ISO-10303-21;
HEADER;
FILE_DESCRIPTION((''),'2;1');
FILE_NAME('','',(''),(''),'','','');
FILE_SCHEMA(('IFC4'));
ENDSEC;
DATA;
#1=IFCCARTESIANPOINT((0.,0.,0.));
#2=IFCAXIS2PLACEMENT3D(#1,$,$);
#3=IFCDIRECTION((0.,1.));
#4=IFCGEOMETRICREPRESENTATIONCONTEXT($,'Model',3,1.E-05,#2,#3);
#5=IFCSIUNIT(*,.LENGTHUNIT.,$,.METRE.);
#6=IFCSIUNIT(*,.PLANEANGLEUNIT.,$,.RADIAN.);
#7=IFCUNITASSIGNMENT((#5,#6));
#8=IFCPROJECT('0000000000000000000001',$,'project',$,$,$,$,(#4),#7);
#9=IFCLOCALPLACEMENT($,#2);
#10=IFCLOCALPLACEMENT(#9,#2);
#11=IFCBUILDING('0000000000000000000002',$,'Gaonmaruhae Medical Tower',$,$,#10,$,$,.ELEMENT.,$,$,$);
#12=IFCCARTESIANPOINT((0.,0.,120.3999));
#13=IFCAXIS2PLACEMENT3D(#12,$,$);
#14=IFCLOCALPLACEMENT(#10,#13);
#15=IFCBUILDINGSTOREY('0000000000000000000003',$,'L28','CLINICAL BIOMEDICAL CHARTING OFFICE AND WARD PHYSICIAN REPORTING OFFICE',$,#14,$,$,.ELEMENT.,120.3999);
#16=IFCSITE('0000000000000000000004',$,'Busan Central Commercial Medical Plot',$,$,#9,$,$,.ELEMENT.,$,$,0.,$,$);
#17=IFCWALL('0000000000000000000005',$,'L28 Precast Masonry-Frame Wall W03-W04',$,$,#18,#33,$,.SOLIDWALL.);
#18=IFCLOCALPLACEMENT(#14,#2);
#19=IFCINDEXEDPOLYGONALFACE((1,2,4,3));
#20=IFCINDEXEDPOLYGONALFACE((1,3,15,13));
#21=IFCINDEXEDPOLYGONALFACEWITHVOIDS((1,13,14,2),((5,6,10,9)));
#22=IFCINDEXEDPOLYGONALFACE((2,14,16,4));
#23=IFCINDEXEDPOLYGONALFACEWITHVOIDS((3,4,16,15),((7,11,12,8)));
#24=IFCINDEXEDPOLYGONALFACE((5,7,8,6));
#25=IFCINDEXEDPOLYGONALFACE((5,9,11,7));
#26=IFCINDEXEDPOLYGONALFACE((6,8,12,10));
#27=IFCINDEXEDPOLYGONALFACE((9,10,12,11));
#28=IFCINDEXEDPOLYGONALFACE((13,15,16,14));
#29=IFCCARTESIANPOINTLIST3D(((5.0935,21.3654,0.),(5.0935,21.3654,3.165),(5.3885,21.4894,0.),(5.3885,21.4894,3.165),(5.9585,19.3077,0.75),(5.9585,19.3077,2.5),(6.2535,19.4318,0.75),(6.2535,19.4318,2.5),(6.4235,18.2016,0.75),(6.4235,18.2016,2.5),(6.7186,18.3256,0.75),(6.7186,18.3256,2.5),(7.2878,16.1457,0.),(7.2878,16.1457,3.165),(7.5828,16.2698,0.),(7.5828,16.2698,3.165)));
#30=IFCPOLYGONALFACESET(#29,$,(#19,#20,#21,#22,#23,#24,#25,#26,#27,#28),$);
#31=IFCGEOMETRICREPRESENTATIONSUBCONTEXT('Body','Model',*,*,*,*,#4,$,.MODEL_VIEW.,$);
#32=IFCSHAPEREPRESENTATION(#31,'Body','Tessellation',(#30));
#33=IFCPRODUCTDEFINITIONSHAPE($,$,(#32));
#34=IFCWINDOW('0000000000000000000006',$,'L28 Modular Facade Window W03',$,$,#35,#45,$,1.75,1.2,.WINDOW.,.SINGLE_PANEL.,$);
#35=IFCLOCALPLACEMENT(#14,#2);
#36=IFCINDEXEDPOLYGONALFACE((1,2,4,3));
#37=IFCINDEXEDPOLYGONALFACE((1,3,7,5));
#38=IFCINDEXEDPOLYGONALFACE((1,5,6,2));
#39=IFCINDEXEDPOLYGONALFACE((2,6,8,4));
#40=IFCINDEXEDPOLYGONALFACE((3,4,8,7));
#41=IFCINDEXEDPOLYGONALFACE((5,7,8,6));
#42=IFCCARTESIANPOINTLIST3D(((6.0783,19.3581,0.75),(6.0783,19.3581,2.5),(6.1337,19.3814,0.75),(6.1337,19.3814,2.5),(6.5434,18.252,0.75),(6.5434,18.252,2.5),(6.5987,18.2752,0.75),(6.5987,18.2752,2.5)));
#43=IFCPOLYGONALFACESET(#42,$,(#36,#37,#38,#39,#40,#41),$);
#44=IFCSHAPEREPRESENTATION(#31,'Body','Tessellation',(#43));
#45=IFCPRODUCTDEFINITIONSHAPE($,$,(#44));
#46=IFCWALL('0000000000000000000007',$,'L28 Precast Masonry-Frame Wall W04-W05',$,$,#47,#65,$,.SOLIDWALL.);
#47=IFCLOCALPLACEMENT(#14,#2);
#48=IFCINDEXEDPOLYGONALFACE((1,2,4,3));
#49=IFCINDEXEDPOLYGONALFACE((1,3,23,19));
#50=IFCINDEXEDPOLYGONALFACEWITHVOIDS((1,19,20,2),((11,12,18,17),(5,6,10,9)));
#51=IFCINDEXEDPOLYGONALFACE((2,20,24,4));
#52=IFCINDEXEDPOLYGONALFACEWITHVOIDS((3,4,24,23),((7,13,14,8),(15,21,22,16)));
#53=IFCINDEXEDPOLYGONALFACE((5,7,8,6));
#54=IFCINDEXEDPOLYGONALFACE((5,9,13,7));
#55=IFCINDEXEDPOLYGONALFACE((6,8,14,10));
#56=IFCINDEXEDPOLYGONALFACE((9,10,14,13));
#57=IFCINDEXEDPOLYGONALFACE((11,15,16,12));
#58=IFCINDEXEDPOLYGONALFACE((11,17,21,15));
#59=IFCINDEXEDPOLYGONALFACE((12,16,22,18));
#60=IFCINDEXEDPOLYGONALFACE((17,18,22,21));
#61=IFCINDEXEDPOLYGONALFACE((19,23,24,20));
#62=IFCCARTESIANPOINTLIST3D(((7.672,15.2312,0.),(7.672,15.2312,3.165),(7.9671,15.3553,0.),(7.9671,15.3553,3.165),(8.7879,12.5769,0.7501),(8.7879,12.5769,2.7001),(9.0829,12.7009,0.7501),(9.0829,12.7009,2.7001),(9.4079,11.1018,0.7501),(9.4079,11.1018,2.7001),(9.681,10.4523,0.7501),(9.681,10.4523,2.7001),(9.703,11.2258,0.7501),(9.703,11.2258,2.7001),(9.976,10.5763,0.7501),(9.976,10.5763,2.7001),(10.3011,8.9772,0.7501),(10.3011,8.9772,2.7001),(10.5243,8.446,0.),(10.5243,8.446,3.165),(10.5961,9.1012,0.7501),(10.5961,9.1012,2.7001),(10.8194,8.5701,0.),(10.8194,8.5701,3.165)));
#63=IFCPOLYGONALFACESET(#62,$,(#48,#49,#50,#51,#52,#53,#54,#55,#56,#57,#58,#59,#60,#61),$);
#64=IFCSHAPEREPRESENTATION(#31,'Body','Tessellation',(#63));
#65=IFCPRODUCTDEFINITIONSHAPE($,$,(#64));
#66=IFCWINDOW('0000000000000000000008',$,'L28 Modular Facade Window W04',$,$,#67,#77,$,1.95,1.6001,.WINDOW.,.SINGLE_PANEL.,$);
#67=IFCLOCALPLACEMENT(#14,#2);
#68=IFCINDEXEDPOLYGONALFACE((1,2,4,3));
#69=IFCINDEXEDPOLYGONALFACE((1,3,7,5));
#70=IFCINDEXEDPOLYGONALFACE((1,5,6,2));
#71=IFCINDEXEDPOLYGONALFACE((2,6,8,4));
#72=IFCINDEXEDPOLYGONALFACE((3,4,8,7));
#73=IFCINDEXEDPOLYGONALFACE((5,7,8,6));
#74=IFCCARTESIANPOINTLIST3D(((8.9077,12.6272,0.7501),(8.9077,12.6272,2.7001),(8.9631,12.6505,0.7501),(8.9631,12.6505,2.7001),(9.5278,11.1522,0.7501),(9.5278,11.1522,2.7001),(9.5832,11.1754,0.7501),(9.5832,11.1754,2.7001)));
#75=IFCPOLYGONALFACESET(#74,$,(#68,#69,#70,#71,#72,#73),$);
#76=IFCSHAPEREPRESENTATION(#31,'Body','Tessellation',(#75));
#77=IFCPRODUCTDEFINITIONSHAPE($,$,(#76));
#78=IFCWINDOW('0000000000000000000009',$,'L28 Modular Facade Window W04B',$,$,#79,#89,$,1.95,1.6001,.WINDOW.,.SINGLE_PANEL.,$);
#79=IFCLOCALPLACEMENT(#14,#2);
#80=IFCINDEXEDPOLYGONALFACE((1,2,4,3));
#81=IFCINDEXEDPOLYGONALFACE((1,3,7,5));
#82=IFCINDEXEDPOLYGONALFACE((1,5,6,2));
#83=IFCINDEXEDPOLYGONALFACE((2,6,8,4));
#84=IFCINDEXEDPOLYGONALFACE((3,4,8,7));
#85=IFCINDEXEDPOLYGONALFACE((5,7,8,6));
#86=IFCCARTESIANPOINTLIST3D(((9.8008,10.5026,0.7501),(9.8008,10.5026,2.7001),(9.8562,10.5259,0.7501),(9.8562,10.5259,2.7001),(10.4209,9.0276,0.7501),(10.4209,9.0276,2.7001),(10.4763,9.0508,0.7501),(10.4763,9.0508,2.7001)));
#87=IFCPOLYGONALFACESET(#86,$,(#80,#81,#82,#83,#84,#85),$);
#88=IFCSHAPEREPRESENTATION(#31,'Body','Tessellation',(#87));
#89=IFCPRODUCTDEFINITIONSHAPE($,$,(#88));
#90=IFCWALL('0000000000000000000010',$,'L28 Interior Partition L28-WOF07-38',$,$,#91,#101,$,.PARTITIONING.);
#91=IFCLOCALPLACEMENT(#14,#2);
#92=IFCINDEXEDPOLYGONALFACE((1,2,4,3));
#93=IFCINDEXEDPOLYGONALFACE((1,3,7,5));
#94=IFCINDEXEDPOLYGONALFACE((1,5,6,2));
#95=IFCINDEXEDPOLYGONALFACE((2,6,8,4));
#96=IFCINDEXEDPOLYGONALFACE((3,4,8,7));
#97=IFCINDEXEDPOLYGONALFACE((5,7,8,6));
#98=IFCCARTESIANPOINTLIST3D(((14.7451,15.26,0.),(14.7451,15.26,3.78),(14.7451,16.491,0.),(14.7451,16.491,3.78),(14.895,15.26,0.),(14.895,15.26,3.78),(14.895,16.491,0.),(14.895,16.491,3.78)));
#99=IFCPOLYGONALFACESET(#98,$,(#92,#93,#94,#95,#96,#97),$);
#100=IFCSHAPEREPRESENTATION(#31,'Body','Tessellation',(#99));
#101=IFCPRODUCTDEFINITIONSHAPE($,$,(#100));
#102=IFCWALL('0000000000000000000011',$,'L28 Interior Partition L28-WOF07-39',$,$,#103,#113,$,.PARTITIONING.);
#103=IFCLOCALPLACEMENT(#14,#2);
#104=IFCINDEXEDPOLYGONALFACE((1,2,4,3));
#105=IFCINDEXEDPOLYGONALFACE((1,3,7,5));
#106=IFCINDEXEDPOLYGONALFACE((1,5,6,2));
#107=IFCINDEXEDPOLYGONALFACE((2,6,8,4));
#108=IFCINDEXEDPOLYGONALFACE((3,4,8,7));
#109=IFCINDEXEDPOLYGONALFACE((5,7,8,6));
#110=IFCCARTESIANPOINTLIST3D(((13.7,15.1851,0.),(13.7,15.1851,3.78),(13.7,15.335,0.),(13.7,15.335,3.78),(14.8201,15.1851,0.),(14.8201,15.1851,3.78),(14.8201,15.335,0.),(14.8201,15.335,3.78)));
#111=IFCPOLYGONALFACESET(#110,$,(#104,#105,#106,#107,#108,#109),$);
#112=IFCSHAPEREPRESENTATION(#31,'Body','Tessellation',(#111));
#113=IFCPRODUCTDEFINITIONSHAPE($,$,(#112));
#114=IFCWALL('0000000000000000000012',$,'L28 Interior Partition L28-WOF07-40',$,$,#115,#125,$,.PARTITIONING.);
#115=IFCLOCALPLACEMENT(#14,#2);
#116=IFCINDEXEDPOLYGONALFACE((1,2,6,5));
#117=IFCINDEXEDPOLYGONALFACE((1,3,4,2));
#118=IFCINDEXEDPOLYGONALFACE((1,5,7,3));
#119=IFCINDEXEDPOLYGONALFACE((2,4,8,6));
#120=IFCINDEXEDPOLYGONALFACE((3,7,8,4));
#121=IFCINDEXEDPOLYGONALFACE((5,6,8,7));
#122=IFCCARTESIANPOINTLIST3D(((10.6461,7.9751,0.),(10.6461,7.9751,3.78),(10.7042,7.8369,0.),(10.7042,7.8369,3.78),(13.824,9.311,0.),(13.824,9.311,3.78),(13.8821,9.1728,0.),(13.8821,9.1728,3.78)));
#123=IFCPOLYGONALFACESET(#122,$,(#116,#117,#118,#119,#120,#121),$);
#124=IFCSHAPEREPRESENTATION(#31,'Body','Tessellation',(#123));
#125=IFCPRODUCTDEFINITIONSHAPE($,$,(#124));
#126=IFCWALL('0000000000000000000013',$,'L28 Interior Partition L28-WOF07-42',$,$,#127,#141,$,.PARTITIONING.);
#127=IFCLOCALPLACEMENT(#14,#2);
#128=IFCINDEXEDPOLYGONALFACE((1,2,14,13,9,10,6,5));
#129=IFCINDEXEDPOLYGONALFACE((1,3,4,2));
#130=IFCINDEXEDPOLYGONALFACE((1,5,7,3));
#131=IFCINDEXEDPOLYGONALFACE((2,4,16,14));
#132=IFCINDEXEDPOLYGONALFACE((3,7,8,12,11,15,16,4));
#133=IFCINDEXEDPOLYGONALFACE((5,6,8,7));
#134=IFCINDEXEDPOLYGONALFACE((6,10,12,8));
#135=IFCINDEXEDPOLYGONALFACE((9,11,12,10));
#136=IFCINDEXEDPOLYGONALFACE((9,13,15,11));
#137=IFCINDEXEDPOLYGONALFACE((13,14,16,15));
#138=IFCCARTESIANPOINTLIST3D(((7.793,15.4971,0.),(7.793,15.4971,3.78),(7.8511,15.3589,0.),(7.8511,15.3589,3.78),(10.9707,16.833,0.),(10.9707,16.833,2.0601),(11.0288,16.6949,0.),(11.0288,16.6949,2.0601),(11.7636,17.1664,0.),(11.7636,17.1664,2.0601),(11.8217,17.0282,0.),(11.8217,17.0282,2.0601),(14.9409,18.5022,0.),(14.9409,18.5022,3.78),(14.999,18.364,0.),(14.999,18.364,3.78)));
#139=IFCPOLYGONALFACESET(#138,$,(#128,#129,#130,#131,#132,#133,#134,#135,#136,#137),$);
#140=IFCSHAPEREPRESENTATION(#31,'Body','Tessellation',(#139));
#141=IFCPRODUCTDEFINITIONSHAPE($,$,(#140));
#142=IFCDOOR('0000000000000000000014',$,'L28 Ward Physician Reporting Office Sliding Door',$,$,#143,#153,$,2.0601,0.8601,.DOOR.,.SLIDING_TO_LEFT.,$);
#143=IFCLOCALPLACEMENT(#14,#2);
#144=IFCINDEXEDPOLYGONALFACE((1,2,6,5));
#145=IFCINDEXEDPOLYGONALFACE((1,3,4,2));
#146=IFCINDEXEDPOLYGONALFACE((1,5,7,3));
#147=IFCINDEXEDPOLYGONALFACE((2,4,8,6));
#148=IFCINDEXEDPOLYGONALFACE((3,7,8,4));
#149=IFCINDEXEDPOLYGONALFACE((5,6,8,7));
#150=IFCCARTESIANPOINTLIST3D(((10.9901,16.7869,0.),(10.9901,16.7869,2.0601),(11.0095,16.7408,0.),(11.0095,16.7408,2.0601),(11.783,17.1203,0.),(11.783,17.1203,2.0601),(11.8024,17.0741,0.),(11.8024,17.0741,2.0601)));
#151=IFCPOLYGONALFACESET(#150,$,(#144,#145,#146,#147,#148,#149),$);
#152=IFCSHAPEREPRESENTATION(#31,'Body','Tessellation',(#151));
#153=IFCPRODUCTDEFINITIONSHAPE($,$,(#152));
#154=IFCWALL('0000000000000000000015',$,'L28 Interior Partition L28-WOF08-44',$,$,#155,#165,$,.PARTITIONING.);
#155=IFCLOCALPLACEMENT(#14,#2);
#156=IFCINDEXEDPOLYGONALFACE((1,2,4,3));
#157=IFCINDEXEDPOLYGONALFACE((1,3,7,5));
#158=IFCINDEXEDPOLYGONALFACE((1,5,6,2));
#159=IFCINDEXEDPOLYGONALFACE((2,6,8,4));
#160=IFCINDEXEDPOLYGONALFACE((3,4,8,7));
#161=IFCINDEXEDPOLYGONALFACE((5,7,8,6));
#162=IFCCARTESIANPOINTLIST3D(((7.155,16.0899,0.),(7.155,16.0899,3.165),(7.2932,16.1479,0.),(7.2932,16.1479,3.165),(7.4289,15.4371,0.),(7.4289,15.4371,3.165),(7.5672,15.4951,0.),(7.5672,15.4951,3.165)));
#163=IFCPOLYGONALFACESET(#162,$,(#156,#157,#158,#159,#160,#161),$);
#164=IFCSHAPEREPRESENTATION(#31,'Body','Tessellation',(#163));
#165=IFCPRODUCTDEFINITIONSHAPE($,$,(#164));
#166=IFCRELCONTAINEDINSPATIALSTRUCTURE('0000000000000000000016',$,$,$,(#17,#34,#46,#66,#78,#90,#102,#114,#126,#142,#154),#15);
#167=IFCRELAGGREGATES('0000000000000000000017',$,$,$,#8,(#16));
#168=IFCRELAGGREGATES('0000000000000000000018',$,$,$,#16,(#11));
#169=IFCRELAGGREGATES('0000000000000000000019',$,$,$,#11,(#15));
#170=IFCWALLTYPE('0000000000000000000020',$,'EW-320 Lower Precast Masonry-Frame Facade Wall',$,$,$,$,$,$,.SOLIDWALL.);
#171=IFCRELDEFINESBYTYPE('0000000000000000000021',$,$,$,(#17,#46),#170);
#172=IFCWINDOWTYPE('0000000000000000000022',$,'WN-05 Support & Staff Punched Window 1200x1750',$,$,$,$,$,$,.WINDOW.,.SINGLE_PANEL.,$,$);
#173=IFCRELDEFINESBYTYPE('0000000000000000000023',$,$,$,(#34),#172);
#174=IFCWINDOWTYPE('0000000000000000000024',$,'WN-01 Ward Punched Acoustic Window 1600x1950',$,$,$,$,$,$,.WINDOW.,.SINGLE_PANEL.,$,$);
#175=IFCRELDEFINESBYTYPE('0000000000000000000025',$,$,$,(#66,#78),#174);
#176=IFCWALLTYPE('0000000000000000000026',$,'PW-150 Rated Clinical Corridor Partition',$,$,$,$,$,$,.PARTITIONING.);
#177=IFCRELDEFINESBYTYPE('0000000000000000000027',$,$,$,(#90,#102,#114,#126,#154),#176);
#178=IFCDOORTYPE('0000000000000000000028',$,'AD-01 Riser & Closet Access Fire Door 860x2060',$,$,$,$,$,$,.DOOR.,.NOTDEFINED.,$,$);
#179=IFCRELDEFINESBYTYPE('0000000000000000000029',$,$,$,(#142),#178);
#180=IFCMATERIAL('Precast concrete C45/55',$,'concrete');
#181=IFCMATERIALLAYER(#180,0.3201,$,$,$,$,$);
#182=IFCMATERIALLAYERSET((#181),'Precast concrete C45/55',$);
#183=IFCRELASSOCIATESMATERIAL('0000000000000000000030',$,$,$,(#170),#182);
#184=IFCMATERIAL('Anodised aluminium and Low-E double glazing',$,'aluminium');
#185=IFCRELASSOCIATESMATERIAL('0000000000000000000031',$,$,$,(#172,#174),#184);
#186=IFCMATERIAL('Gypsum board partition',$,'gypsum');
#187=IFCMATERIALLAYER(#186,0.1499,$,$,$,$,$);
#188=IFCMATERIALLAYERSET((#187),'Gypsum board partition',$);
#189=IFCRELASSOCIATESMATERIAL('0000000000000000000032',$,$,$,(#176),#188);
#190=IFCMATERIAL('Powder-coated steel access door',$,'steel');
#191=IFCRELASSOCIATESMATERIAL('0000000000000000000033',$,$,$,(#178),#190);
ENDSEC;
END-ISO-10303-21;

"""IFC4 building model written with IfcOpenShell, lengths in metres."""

from ifc_helpers import new_model, si_unit, direction, frame, frame_2d, origin, place, context, subcontext, project, spatial, rectangle, extrude, material, layer, layer_set, type_object, element, fill, save


model = new_model("IFC4")

# Units and contexts
model_context = context("Model", 3, precision=1e-05, world=origin(), true_north=direction((0.0, 1.0)))
body_context = subcontext(model_context, "Body", "Model", "MODEL_VIEW")
ifc_project = project(units=[si_unit("LENGTHUNIT", "METRE"), si_unit("PLANEANGLEUNIT", "RADIAN")], contexts=[model_context])

# Site, building, storey
site_placement = place(None, origin())
site = spatial("IfcSite", under=ifc_project, at=site_placement, Name="Busan Central Commercial Medical Plot", CompositionType="ELEMENT", RefElevation=0.0)
building_placement = place(site_placement, origin())
building = spatial("IfcBuilding", under=site, at=building_placement, Name="Gaonmaruhae Medical Tower", CompositionType="ELEMENT")
storey_placement = place(building_placement, frame((0.0, 0.0, 120.3999)))
storey = spatial("IfcBuildingStorey", under=building, at=storey_placement, Name="L28", Description="CLINICAL BIOMEDICAL CHARTING OFFICE AND WARD PHYSICIAN REPORTING OFFICE", CompositionType="ELEMENT", Elevation=120.3999)

# Wall, opening, window
ifc_material_1 = material(Name="Precast concrete C45/55", Category="concrete")
ifc_layer_1 = layer(ifc_material_1, 0.3201)
ifc_layer_set_1 = layer_set([ifc_layer_1], Name="Precast concrete C45/55")
wall_type_1 = type_object("IfcWallType", Name="EW-320 Lower Precast Masonry-Frame Facade Wall", PredefinedType="SOLIDWALL", material=ifc_layer_set_1)
wall_1_placement = place(storey_placement, frame((7.4353, 16.2078, 0.0), z_axis=(0.0, 0.0, 1.0), x_axis=(-0.38754, 0.921853, 0.0)))
wall_1 = element("IfcWall", 1, at=wall_1_placement, inside=storey, type_object=wall_type_1, Name="L28 Precast Masonry-Frame Wall W03-W04", PredefinedType="SOLIDWALL", context=body_context, shape_type="SweptSolid", body=[
    extrude(rectangle(XDim=5.6621, YDim=0.3201, at=frame_2d((2.8311, 0.0))), origin(), (0.0, 0.0, 1.0), 3.165),
])
opening_1_placement = place(wall_1_placement, frame((2.23, 0.0, 0.75)))
opening_1 = element("IfcOpeningElement", 2, at=opening_1_placement, cuts=wall_1, PredefinedType="OPENING", context=body_context, shape_type="SweptSolid", body=[
    extrude(rectangle(XDim=1.2, YDim=1.75, at=frame_2d((0.6001, 0.875))), frame((0.0, 0.1699, 0.0), z_axis=(0.0, -1.0, 0.0), x_axis=(1.0, 0.0, 0.0)), (0.0, 0.0, 1.0), 0.3401),
])
ifc_material_2 = material(Name="Anodised aluminium and Low-E double glazing", Category="aluminium")
window_type_1 = type_object("IfcWindowType", Name="WN-05 Support & Staff Punched Window 1200x1750", PartitioningType="SINGLE_PANEL", PredefinedType="WINDOW", material=ifc_material_2)
window_1_placement = place(opening_1_placement, origin())
window_1 = element("IfcWindow", 3, at=window_1_placement, inside=storey, type_object=window_type_1, Name="L28 Modular Facade Window W03", OverallHeight=1.75, OverallWidth=1.2, PartitioningType="SINGLE_PANEL", PredefinedType="WINDOW", context=body_context, shape_type="SweptSolid", body=[
    extrude(rectangle(XDim=1.2, YDim=1.75, at=frame_2d((0.6001, 0.875))), frame((0.0, 0.03, 0.0), z_axis=(0.0, -1.0, 0.0), x_axis=(1.0, 0.0, 0.0)), (0.0, 0.0, 1.0), 0.0601),
])
fill(opening_1, window_1)

# Wall, openings, windows
wall_2_placement = place(storey_placement, frame((10.6719, 8.5081, 0.0), z_axis=(0.0, 0.0, 1.0), x_axis=(-0.387525, 0.921859, 0.0)))
wall_2 = element("IfcWall", 4, at=wall_2_placement, inside=storey, type_object=wall_type_1, Name="L28 Precast Masonry-Frame Wall W04-W05", PredefinedType="SOLIDWALL", context=body_context, shape_type="SweptSolid", body=[
    extrude(rectangle(XDim=7.3604, YDim=0.3201, at=frame_2d((3.6802, 0.0))), origin(), (0.0, 0.0, 1.0), 3.165),
])
opening_2_placement = place(wall_2_placement, frame((2.8809, 0.0, 0.75)))
opening_2 = element("IfcOpeningElement", 5, at=opening_2_placement, cuts=wall_2, PredefinedType="OPENING", context=body_context, shape_type="SweptSolid", body=[
    extrude(rectangle(XDim=1.6001, YDim=1.95, at=frame_2d((0.8, 0.9751))), frame((0.0, 0.1699, 0.0), z_axis=(0.0, -1.0, 0.0), x_axis=(1.0, 0.0, 0.0)), (0.0, 0.0, 1.0), 0.3401),
])
opening_3_placement = place(wall_2_placement, frame((0.5762, 0.0, 0.75)))
opening_3 = element("IfcOpeningElement", 6, at=opening_3_placement, cuts=wall_2, PredefinedType="OPENING", context=body_context, shape_type="SweptSolid", body=[
    extrude(rectangle(XDim=1.6001, YDim=1.95, at=frame_2d((0.8, 0.9751))), frame((0.0, 0.1699, 0.0), z_axis=(0.0, -1.0, 0.0), x_axis=(1.0, 0.0, 0.0)), (0.0, 0.0, 1.0), 0.3401),
])
window_type_2 = type_object("IfcWindowType", Name="WN-01 Ward Punched Acoustic Window 1600x1950", PartitioningType="SINGLE_PANEL", PredefinedType="WINDOW", material=ifc_material_2)
window_2_placement = place(opening_2_placement, origin())
window_2 = element("IfcWindow", 7, at=window_2_placement, inside=storey, type_object=window_type_2, Name="L28 Modular Facade Window W04", OverallHeight=1.95, OverallWidth=1.6001, PartitioningType="SINGLE_PANEL", PredefinedType="WINDOW", context=body_context, shape_type="SweptSolid", body=[
    extrude(rectangle(XDim=1.6001, YDim=1.95, at=frame_2d((0.8, 0.9751))), frame((0.0, 0.03, 0.0), z_axis=(0.0, -1.0, 0.0), x_axis=(1.0, 0.0, 0.0)), (0.0, 0.0, 1.0), 0.0601),
])
fill(opening_2, window_2)
window_3_placement = place(opening_3_placement, origin())
window_3 = element("IfcWindow", 8, at=window_3_placement, inside=storey, type_object=window_type_2, Name="L28 Modular Facade Window W04B", OverallHeight=1.95, OverallWidth=1.6001, PartitioningType="SINGLE_PANEL", PredefinedType="WINDOW", context=body_context, shape_type="SweptSolid", body=[
    extrude(rectangle(XDim=1.6001, YDim=1.95, at=frame_2d((0.8, 0.9751))), frame((0.0, 0.03, 0.0), z_axis=(0.0, -1.0, 0.0), x_axis=(1.0, 0.0, 0.0)), (0.0, 0.0, 1.0), 0.0601),
])
fill(opening_3, window_3)

# Walls
ifc_material_3 = material(Name="Gypsum board partition", Category="gypsum")
ifc_layer_2 = layer(ifc_material_3, 0.1499)
ifc_layer_set_2 = layer_set([ifc_layer_2], Name="Gypsum board partition")
wall_type_2 = type_object("IfcWallType", Name="PW-150 Rated Clinical Corridor Partition", PredefinedType="PARTITIONING", material=ifc_layer_set_2)
wall_3_placement = place(storey_placement, frame((14.8201, 16.491, 0.0), z_axis=(0.0, 0.0, 1.0), x_axis=(0.0, -1.0, 0.0)))
element("IfcWall", 9, at=wall_3_placement, inside=storey, type_object=wall_type_2, Name="L28 Interior Partition L28-WOF07-38", PredefinedType="PARTITIONING", context=body_context, shape_type="SweptSolid", body=[
    extrude(rectangle(XDim=1.231, YDim=0.1499, at=frame_2d((0.6155, 0.0))), origin(), (0.0, 0.0, 1.0), 3.78),
])
wall_4_placement = place(storey_placement, frame((14.8201, 15.26, 0.0), z_axis=(0.0, 0.0, 1.0), x_axis=(-1.0, 0.0, 0.0)))
element("IfcWall", 10, at=wall_4_placement, inside=storey, type_object=wall_type_2, Name="L28 Interior Partition L28-WOF07-39", PredefinedType="PARTITIONING", context=body_context, shape_type="SweptSolid", body=[
    extrude(rectangle(XDim=1.1201, YDim=0.1499, at=frame_2d((0.5601, 0.0))), origin(), (0.0, 0.0, 1.0), 3.78),
])
wall_5_placement = place(storey_placement, frame((13.853, 9.2419, 0.0), z_axis=(0.0, 0.0, 1.0), x_axis=(-0.921859, -0.387525, 0.0)))
element("IfcWall", 11, at=wall_5_placement, inside=storey, type_object=wall_type_2, Name="L28 Interior Partition L28-WOF07-40", PredefinedType="PARTITIONING", context=body_context, shape_type="SweptSolid", body=[
    extrude(rectangle(XDim=3.4473, YDim=0.1499, at=frame_2d((1.7236, 0.0))), origin(), (0.0, 0.0, 1.0), 3.78),
])

# Wall, opening, door
wall_6_placement = place(storey_placement, frame((7.822, 15.428, 0.0), z_axis=(0.0, 0.0, 1.0), x_axis=(0.921844, 0.38756, 0.0)))
wall_6 = element("IfcWall", 12, at=wall_6_placement, inside=storey, type_object=wall_type_2, Name="L28 Interior Partition L28-WOF07-42", PredefinedType="PARTITIONING", context=body_context, shape_type="SweptSolid", body=[
    extrude(rectangle(XDim=7.7539, YDim=0.1499, at=frame_2d((3.877, 0.0))), origin(), (0.0, 0.0, 1.0), 3.78),
])
opening_4_placement = place(wall_6_placement, frame((3.447, 0.0, 0.0)))
opening_4 = element("IfcOpeningElement", 13, at=opening_4_placement, cuts=wall_6, PredefinedType="OPENING", context=body_context, shape_type="SweptSolid", body=[
    extrude(rectangle(XDim=0.8601, YDim=2.0601, at=frame_2d((0.4302, 1.03))), frame((0.0, 0.085, 0.0), z_axis=(0.0, -1.0, 0.0), x_axis=(1.0, 0.0, 0.0)), (0.0, 0.0, 1.0), 0.1699),
])
ifc_material_4 = material(Name="Powder-coated steel access door", Category="steel")
door_type_1 = type_object("IfcDoorType", Name="AD-01 Riser & Closet Access Fire Door 860x2060", OperationType="NOTDEFINED", PredefinedType="DOOR", material=ifc_material_4)
door_1_placement = place(opening_4_placement, origin())
door_1 = element("IfcDoor", 14, at=door_1_placement, inside=storey, type_object=door_type_1, Name="L28 Ward Physician Reporting Office Sliding Door", OperationType="SLIDING_TO_LEFT", OverallHeight=2.0601, OverallWidth=0.8601, PredefinedType="DOOR", context=body_context, shape_type="SweptSolid", body=[
    extrude(rectangle(XDim=0.8601, YDim=2.0601, at=frame_2d((0.4302, 1.03))), frame((0.0, 0.0249, 0.0), z_axis=(0.0, -1.0, 0.0), x_axis=(1.0, 0.0, 0.0)), (0.0, 0.0, 1.0), 0.05),
])
fill(opening_4, door_1)

# Wall
wall_7_placement = place(storey_placement, frame((7.498, 15.4661, 0.0), z_axis=(0.0, 0.0, 1.0), x_axis=(-0.386916, 0.922115, 0.0)))
element("IfcWall", 15, at=wall_7_placement, inside=storey, type_object=wall_type_2, Name="L28 Interior Partition L28-WOF08-44", PredefinedType="PARTITIONING", context=body_context, shape_type="SweptSolid", body=[
    extrude(rectangle(XDim=0.708, YDim=0.1499, at=frame_2d((0.354, 0.0))), origin(), (0.0, 0.0, 1.0), 3.165),
])

save(model, "model.ifc")
